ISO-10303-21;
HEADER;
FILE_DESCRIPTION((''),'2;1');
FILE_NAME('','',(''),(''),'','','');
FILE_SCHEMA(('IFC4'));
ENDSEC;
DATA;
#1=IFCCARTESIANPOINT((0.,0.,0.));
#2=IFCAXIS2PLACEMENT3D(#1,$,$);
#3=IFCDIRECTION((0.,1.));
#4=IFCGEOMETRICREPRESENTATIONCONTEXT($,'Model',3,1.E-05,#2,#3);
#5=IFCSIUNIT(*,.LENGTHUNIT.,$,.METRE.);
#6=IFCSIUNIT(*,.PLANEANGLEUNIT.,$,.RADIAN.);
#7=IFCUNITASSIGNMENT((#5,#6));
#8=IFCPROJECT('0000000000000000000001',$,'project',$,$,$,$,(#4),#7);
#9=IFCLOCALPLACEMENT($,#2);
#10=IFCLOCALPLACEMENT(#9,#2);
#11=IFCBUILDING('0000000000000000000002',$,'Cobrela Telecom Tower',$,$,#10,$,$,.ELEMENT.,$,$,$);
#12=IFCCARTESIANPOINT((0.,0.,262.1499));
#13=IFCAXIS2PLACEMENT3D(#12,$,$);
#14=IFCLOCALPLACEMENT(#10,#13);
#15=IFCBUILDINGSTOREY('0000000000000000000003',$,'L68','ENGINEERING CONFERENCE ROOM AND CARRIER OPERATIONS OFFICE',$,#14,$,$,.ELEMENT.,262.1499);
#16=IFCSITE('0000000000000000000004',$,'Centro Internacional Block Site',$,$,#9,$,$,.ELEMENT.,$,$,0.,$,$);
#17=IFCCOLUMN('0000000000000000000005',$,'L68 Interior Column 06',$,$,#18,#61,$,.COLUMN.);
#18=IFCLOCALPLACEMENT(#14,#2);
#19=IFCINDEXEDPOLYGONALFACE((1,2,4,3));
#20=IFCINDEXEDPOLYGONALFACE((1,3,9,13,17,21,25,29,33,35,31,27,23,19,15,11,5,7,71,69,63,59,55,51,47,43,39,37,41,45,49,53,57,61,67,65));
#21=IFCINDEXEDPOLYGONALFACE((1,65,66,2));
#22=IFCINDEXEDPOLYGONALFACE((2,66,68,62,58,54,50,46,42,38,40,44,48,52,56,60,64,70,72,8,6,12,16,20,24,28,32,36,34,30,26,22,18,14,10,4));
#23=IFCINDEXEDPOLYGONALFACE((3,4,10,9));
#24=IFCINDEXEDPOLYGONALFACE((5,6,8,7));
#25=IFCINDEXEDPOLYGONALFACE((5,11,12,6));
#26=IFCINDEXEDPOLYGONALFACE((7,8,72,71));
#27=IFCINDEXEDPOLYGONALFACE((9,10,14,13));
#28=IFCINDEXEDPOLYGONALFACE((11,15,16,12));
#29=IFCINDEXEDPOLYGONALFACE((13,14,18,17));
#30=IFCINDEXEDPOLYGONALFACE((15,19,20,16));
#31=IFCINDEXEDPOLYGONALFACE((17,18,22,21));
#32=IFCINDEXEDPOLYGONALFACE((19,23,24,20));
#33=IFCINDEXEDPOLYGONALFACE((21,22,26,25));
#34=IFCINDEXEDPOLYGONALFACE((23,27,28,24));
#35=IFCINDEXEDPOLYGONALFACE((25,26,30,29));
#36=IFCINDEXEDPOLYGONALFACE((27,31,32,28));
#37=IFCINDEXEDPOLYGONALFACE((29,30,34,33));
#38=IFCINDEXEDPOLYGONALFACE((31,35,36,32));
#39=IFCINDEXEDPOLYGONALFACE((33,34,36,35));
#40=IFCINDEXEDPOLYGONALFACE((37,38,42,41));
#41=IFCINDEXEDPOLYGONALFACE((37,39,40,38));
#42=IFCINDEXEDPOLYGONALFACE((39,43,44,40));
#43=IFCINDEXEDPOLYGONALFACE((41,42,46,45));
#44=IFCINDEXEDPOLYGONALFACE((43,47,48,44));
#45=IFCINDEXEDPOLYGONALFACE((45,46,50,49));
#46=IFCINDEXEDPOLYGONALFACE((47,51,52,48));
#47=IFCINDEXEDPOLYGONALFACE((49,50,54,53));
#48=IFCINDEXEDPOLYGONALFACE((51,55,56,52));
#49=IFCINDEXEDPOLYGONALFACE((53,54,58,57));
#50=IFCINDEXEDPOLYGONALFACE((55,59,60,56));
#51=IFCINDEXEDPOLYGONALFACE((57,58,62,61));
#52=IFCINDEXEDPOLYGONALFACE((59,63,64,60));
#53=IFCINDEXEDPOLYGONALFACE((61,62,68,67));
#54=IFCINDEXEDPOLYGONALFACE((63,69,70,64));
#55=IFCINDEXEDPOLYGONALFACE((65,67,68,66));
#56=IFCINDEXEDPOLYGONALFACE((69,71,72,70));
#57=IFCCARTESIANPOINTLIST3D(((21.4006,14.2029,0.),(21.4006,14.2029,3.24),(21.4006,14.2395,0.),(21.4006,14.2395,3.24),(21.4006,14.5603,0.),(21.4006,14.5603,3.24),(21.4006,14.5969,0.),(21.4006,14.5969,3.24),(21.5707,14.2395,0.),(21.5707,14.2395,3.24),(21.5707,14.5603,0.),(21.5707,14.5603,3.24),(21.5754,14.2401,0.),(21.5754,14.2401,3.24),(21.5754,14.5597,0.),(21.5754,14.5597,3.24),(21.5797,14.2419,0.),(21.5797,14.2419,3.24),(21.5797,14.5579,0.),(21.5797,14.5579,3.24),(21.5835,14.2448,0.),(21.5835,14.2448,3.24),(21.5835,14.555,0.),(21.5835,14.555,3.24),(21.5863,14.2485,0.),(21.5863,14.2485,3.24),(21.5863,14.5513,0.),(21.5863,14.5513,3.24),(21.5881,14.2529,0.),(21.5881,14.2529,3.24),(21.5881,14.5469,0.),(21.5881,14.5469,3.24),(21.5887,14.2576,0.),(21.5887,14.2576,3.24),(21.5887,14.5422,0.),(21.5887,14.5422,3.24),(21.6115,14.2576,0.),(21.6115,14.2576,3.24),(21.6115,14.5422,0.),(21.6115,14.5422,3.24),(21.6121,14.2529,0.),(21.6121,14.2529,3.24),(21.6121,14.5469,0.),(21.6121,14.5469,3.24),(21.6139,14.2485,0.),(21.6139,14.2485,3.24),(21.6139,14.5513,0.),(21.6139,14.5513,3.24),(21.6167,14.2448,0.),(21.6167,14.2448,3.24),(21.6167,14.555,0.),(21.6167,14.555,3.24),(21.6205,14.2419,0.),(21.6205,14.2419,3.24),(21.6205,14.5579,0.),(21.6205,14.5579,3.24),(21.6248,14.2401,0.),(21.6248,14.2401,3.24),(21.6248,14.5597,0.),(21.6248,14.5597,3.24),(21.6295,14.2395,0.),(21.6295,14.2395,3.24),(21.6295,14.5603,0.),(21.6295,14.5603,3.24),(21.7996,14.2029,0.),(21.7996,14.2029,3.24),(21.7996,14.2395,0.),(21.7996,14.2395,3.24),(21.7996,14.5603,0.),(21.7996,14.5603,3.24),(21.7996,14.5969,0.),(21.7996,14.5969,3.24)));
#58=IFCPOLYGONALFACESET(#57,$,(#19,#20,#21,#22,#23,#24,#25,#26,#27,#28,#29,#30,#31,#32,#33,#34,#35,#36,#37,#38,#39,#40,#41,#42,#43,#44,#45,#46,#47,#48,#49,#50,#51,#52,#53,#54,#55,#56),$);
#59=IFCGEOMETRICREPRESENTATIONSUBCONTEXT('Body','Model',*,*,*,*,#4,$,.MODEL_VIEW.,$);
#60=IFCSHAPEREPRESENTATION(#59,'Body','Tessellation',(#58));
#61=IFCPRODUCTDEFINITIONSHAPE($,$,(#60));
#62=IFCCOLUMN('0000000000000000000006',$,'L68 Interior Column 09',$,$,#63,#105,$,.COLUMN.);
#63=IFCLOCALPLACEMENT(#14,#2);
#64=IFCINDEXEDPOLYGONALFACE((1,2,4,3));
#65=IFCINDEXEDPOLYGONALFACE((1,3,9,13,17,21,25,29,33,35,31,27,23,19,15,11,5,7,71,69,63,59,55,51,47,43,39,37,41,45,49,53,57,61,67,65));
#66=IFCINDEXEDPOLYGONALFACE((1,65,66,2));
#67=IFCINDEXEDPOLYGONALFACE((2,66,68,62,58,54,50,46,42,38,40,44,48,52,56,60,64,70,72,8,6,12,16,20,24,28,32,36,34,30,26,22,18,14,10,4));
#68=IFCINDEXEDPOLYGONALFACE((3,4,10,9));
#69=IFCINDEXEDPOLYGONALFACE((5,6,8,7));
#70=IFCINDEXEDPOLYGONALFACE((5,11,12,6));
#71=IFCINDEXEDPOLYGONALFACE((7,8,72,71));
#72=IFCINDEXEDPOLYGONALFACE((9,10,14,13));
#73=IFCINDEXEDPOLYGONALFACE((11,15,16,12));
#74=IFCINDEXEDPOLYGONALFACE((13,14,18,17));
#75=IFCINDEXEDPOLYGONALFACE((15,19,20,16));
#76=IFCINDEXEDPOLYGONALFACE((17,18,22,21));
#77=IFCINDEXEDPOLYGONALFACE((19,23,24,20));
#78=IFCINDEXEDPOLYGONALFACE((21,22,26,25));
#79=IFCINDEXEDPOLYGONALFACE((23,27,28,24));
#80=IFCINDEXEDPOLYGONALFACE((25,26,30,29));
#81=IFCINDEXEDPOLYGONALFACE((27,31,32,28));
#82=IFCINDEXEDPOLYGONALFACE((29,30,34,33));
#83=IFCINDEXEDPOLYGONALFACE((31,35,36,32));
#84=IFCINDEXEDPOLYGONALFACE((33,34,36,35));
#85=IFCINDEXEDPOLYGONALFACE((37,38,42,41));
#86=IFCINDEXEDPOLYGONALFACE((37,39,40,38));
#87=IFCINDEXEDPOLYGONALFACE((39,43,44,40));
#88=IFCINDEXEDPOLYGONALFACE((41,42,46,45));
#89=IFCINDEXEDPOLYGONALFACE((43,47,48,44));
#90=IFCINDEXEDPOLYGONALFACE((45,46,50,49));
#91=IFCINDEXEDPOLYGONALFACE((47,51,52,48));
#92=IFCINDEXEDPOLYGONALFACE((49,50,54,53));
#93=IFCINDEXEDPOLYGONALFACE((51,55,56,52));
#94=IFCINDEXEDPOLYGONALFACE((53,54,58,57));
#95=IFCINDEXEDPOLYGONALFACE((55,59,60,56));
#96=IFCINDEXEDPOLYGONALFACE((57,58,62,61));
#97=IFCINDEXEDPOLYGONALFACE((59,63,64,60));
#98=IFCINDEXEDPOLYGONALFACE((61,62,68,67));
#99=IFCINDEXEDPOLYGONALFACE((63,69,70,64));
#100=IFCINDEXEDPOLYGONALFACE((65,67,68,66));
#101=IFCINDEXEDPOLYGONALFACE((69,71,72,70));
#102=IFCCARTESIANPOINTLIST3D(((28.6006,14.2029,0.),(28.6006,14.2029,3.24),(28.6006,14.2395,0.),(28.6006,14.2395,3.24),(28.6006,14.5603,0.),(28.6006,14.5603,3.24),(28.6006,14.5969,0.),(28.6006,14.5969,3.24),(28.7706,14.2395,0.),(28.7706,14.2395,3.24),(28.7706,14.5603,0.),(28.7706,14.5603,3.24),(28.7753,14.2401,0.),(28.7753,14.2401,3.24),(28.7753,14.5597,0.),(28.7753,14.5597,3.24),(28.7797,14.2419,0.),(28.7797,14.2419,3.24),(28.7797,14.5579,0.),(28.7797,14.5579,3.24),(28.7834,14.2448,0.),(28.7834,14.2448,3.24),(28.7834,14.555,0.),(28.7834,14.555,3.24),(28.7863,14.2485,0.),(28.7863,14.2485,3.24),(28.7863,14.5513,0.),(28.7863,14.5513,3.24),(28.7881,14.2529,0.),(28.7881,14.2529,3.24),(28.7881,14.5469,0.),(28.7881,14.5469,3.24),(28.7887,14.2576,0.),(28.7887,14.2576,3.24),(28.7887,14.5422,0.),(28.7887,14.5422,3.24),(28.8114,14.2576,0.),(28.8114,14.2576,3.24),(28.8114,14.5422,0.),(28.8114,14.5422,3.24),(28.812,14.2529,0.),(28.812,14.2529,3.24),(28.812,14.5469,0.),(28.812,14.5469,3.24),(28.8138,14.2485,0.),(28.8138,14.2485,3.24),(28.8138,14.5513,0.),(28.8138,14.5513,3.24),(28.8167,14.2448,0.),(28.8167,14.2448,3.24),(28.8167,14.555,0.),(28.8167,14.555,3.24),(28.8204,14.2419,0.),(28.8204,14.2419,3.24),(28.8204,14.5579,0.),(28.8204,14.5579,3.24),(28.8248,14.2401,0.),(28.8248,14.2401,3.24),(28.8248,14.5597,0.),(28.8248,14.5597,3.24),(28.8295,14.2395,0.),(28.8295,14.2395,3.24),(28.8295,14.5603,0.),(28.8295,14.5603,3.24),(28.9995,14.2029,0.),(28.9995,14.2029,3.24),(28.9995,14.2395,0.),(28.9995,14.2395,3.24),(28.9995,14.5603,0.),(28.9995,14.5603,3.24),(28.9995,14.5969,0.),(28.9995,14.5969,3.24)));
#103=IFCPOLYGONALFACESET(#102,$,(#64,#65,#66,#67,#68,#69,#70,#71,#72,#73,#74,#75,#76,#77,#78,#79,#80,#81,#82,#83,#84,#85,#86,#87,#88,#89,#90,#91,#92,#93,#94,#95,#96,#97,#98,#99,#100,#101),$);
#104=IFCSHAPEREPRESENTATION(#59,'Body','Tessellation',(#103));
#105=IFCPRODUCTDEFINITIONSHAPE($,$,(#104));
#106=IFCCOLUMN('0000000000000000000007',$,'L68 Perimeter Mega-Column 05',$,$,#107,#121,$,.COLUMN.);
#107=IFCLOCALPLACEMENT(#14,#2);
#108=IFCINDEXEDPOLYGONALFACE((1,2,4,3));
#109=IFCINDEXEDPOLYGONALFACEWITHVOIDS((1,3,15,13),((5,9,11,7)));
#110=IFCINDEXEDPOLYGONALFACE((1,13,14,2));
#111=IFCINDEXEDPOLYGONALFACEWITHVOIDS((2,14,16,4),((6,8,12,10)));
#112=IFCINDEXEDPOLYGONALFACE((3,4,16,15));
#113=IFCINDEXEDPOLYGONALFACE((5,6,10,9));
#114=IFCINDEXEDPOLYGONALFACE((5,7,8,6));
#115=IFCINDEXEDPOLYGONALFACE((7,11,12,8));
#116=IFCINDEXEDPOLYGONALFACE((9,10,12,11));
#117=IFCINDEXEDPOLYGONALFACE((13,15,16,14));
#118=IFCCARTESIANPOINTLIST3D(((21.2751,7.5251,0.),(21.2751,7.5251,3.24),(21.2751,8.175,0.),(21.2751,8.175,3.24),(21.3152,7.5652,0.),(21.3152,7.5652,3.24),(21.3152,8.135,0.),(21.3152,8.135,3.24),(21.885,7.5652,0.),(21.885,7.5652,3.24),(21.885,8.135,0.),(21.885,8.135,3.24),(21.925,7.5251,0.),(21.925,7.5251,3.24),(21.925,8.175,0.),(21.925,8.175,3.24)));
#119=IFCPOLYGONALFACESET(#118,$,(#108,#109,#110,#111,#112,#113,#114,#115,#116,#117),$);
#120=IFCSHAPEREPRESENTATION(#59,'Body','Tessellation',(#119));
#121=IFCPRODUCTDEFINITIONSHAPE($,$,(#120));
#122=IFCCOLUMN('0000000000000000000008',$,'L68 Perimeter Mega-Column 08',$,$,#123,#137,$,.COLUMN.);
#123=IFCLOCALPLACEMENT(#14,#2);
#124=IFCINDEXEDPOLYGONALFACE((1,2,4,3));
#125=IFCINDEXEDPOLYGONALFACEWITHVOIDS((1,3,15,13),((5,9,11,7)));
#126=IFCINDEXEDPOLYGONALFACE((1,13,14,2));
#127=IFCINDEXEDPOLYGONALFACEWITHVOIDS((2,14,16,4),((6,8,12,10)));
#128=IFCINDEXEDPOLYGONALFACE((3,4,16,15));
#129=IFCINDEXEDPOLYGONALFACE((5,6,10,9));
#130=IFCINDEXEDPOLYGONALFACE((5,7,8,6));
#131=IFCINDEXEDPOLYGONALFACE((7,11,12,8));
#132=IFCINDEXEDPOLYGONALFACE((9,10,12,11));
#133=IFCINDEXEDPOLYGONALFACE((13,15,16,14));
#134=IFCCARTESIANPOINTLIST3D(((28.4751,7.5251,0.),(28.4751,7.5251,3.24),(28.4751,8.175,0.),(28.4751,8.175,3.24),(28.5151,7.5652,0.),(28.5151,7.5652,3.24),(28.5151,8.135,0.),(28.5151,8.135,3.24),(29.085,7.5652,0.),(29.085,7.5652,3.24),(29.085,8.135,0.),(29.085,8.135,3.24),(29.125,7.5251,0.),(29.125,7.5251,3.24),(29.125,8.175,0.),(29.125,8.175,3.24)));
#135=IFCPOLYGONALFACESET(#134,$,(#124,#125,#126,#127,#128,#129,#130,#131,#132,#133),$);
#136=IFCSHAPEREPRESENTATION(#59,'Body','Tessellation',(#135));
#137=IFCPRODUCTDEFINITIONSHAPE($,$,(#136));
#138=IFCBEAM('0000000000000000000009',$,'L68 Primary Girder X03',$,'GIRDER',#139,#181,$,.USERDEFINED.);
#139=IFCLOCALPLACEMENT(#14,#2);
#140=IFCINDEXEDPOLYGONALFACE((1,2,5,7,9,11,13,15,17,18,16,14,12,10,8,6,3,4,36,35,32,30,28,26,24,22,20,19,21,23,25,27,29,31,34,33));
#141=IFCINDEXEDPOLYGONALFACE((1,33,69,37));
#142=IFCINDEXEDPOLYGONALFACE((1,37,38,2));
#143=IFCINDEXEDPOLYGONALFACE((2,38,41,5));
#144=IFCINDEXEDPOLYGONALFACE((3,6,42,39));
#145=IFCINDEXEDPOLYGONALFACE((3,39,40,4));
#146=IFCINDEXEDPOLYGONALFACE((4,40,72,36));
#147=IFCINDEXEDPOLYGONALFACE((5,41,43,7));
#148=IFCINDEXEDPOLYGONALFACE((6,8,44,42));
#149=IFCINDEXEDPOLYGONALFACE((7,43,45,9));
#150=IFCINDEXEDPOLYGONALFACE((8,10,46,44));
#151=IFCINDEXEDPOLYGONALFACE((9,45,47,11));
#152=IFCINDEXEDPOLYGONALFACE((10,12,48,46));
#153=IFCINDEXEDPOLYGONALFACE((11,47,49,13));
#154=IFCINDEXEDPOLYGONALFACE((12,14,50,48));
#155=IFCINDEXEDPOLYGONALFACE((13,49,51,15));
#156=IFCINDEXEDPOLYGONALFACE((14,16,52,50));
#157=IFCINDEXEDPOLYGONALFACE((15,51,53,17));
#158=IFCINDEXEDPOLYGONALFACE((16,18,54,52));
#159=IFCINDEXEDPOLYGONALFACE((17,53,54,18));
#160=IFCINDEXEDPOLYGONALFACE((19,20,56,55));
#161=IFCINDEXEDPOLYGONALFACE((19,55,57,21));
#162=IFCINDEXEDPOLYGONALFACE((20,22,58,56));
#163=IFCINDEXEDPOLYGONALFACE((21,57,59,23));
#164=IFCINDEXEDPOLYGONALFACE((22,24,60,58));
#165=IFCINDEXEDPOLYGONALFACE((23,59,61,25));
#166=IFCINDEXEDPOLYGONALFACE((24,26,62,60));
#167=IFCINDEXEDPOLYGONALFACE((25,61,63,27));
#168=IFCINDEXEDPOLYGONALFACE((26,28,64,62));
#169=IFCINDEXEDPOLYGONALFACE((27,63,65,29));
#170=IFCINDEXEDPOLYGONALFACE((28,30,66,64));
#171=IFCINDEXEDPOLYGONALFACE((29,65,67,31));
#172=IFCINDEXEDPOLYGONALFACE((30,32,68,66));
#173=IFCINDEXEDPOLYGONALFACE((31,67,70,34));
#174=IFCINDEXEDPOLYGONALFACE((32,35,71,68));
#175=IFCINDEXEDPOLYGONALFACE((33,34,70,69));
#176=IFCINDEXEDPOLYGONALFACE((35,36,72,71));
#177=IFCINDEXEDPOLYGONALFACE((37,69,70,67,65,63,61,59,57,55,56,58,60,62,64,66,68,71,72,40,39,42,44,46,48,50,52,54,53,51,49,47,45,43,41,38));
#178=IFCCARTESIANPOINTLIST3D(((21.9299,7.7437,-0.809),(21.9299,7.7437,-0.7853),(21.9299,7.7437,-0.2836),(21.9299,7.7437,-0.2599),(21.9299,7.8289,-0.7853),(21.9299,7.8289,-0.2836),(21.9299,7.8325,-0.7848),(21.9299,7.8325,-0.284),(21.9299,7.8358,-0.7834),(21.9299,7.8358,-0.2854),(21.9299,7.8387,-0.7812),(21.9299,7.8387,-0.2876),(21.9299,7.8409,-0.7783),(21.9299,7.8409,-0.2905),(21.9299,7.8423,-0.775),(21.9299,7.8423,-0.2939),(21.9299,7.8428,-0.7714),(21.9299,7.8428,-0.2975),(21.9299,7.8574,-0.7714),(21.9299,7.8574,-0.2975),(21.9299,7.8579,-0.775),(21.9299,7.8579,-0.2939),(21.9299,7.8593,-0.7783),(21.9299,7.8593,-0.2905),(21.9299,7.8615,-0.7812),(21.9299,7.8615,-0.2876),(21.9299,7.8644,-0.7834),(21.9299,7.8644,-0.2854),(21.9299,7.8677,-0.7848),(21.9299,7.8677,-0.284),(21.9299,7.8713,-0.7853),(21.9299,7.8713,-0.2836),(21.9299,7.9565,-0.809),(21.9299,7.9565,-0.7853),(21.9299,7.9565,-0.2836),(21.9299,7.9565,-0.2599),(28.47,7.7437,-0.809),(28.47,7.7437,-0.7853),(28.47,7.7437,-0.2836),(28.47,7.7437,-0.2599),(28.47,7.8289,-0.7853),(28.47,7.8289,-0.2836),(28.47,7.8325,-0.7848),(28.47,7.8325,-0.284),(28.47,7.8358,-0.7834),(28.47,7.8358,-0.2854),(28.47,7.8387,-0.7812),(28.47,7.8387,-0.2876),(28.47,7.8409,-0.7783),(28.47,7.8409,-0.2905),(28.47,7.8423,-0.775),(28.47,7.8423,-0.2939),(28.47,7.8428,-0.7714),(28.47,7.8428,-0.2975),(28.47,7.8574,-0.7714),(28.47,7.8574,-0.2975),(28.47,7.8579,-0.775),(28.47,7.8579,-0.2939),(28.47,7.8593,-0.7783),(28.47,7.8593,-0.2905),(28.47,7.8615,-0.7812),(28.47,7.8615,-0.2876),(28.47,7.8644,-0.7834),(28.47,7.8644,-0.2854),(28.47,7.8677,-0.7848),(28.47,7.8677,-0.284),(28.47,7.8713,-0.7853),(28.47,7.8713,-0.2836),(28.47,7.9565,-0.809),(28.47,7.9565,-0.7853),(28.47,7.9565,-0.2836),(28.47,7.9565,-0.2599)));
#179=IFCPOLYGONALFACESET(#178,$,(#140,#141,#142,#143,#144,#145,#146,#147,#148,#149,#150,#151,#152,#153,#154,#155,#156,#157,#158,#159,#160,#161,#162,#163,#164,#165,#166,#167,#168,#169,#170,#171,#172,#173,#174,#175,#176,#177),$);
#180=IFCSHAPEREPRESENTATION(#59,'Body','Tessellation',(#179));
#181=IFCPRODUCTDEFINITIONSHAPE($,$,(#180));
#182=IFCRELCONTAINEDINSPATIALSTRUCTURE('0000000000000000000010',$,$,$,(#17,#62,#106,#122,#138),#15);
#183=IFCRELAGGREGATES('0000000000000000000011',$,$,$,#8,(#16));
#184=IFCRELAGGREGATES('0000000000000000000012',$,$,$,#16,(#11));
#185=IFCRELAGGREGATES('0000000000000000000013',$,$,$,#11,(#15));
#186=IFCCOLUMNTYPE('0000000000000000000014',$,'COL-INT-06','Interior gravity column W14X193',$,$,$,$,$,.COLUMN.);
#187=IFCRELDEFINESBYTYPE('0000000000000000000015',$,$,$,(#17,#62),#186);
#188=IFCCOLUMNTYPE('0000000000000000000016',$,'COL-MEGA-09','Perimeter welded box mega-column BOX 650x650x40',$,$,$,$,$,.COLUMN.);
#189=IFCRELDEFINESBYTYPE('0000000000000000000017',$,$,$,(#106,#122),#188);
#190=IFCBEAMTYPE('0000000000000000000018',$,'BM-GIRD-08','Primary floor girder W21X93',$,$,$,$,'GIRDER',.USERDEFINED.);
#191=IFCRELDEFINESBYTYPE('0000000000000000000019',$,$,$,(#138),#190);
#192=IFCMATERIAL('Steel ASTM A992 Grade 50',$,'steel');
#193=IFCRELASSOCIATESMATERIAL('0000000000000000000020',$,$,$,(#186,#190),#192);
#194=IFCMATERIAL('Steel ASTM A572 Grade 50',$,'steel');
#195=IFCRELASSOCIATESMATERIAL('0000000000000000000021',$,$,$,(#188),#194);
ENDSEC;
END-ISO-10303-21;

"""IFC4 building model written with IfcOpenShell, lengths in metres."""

from ifc_helpers import new_model, si_unit, direction, frame, origin, origin_2d, place, context, subcontext, project, spatial, hollow_rectangle, i_section, extrude, material, material_profile, profile_set, type_object, element, save


model = new_model("IFC4")

# Units and contexts
model_context = context("Model", 3, precision=1e-05, world=origin(), true_north=direction((0.0, 1.0)))
body_context = subcontext(model_context, "Body", "Model", "MODEL_VIEW")
ifc_project = project(units=[si_unit("LENGTHUNIT", "METRE"), si_unit("PLANEANGLEUNIT", "RADIAN")], contexts=[model_context])

# Site, building, storey
site_placement = place(None, origin())
site = spatial("IfcSite", under=ifc_project, at=site_placement, Name="Centro Internacional Block Site", CompositionType="ELEMENT", RefElevation=0.0)
building_placement = place(site_placement, origin())
building = spatial("IfcBuilding", under=site, at=building_placement, Name="Cobrela Telecom Tower", CompositionType="ELEMENT")
storey_placement = place(building_placement, frame((0.0, 0.0, 262.1499)))
storey = spatial("IfcBuildingStorey", under=building, at=storey_placement, Name="L68", Description="ENGINEERING CONFERENCE ROOM AND CARRIER OPERATIONS OFFICE", CompositionType="ELEMENT", Elevation=262.1499)

# Columns
ifc_material_1 = material(Name="Steel ASTM A992 Grade 50", Category="steel")
ifc_material_profile_1 = material_profile(ifc_material_1, i_section(OverallWidth=0.3989, OverallDepth=0.394, WebThickness=0.0227, FlangeThickness=0.0366, FilletRadius=0.0181, at=origin_2d()), Name="W14X193")
ifc_profile_set_1 = profile_set([ifc_material_profile_1], Name="Steel ASTM A992 Grade 50")
column_type_1 = type_object("IfcColumnType", Name="COL-INT-06", Description="Interior gravity column W14X193", PredefinedType="COLUMN", material=ifc_profile_set_1)
for number, where, z_axis, x_axis, name in (
    (1, (21.6001, 14.3999, 0.0), (0.0, 0.0, 1.0), (1.0, 0.0, 0.0), "L68 Interior Column 06"),
    (2, (28.8, 14.3999, 0.0), (0.0, 0.0, 1.0), (1.0, 0.0, 0.0), "L68 Interior Column 09"),
):
    element("IfcColumn", number, at=place(storey_placement, frame(where, z_axis=z_axis, x_axis=x_axis)), inside=storey, type_object=column_type_1, Name=name, PredefinedType="COLUMN", context=body_context, shape_type="SweptSolid", body=[
        extrude(i_section(OverallWidth=0.3989, OverallDepth=0.394, WebThickness=0.0227, FlangeThickness=0.0366, FilletRadius=0.0181, at=origin_2d()), origin(), (0.0, 0.0, 1.0), 3.24),
    ])
ifc_material_2 = material(Name="Steel ASTM A572 Grade 50", Category="steel")
ifc_material_profile_2 = material_profile(ifc_material_2, hollow_rectangle(XDim=0.6499, YDim=0.6499, WallThickness=0.04, at=origin_2d()), Name="BOX 650x650x40")
ifc_profile_set_2 = profile_set([ifc_material_profile_2], Name="Steel ASTM A572 Grade 50")
column_type_2 = type_object("IfcColumnType", Name="COL-MEGA-09", Description="Perimeter welded box mega-column BOX 650x650x40", PredefinedType="COLUMN", material=ifc_profile_set_2)
for number, where, z_axis, x_axis, name in (
    (3, (21.6001, 7.8501, 0.0), (0.0, 0.0, 1.0), (1.0, 0.0, 0.0), "L68 Perimeter Mega-Column 05"),
    (4, (28.8, 7.8501, 0.0), (0.0, 0.0, 1.0), (1.0, 0.0, 0.0), "L68 Perimeter Mega-Column 08"),
):
    element("IfcColumn", number, at=place(storey_placement, frame(where, z_axis=z_axis, x_axis=x_axis)), inside=storey, type_object=column_type_2, Name=name, PredefinedType="COLUMN", context=body_context, shape_type="SweptSolid", body=[
        extrude(hollow_rectangle(XDim=0.6499, YDim=0.6499, WallThickness=0.04, at=origin_2d()), origin(), (0.0, 0.0, 1.0), 3.24),
    ])

# Beam
ifc_material_profile_3 = material_profile(ifc_material_1, i_section(OverallWidth=0.2129, OverallDepth=0.5491, WebThickness=0.0146, FlangeThickness=0.0237, FilletRadius=0.0139, at=origin_2d()), Name="W21X93")
ifc_profile_set_3 = profile_set([ifc_material_profile_3], Name="Steel ASTM A992 Grade 50")
beam_type_1 = type_object("IfcBeamType", Name="BM-GIRD-08", Description="Primary floor girder W21X93", ElementType="GIRDER", PredefinedType="USERDEFINED", material=ifc_profile_set_3)
beam_1_placement = place(storey_placement, frame((21.9299, 7.8501, -0.5344), z_axis=(1.0, 0.0, 0.0), x_axis=(0.0, 1.0, 0.0)))
element("IfcBeam", 5, at=beam_1_placement, inside=storey, type_object=beam_type_1, Name="L68 Primary Girder X03", ObjectType="GIRDER", PredefinedType="USERDEFINED", context=body_context, shape_type="SweptSolid", body=[
    extrude(i_section(OverallWidth=0.2129, OverallDepth=0.5491, WebThickness=0.0146, FlangeThickness=0.0237, FilletRadius=0.0139, at=origin_2d()), origin(), (0.0, 0.0, 1.0), 6.54),
])

save(model, "model.ifc")
